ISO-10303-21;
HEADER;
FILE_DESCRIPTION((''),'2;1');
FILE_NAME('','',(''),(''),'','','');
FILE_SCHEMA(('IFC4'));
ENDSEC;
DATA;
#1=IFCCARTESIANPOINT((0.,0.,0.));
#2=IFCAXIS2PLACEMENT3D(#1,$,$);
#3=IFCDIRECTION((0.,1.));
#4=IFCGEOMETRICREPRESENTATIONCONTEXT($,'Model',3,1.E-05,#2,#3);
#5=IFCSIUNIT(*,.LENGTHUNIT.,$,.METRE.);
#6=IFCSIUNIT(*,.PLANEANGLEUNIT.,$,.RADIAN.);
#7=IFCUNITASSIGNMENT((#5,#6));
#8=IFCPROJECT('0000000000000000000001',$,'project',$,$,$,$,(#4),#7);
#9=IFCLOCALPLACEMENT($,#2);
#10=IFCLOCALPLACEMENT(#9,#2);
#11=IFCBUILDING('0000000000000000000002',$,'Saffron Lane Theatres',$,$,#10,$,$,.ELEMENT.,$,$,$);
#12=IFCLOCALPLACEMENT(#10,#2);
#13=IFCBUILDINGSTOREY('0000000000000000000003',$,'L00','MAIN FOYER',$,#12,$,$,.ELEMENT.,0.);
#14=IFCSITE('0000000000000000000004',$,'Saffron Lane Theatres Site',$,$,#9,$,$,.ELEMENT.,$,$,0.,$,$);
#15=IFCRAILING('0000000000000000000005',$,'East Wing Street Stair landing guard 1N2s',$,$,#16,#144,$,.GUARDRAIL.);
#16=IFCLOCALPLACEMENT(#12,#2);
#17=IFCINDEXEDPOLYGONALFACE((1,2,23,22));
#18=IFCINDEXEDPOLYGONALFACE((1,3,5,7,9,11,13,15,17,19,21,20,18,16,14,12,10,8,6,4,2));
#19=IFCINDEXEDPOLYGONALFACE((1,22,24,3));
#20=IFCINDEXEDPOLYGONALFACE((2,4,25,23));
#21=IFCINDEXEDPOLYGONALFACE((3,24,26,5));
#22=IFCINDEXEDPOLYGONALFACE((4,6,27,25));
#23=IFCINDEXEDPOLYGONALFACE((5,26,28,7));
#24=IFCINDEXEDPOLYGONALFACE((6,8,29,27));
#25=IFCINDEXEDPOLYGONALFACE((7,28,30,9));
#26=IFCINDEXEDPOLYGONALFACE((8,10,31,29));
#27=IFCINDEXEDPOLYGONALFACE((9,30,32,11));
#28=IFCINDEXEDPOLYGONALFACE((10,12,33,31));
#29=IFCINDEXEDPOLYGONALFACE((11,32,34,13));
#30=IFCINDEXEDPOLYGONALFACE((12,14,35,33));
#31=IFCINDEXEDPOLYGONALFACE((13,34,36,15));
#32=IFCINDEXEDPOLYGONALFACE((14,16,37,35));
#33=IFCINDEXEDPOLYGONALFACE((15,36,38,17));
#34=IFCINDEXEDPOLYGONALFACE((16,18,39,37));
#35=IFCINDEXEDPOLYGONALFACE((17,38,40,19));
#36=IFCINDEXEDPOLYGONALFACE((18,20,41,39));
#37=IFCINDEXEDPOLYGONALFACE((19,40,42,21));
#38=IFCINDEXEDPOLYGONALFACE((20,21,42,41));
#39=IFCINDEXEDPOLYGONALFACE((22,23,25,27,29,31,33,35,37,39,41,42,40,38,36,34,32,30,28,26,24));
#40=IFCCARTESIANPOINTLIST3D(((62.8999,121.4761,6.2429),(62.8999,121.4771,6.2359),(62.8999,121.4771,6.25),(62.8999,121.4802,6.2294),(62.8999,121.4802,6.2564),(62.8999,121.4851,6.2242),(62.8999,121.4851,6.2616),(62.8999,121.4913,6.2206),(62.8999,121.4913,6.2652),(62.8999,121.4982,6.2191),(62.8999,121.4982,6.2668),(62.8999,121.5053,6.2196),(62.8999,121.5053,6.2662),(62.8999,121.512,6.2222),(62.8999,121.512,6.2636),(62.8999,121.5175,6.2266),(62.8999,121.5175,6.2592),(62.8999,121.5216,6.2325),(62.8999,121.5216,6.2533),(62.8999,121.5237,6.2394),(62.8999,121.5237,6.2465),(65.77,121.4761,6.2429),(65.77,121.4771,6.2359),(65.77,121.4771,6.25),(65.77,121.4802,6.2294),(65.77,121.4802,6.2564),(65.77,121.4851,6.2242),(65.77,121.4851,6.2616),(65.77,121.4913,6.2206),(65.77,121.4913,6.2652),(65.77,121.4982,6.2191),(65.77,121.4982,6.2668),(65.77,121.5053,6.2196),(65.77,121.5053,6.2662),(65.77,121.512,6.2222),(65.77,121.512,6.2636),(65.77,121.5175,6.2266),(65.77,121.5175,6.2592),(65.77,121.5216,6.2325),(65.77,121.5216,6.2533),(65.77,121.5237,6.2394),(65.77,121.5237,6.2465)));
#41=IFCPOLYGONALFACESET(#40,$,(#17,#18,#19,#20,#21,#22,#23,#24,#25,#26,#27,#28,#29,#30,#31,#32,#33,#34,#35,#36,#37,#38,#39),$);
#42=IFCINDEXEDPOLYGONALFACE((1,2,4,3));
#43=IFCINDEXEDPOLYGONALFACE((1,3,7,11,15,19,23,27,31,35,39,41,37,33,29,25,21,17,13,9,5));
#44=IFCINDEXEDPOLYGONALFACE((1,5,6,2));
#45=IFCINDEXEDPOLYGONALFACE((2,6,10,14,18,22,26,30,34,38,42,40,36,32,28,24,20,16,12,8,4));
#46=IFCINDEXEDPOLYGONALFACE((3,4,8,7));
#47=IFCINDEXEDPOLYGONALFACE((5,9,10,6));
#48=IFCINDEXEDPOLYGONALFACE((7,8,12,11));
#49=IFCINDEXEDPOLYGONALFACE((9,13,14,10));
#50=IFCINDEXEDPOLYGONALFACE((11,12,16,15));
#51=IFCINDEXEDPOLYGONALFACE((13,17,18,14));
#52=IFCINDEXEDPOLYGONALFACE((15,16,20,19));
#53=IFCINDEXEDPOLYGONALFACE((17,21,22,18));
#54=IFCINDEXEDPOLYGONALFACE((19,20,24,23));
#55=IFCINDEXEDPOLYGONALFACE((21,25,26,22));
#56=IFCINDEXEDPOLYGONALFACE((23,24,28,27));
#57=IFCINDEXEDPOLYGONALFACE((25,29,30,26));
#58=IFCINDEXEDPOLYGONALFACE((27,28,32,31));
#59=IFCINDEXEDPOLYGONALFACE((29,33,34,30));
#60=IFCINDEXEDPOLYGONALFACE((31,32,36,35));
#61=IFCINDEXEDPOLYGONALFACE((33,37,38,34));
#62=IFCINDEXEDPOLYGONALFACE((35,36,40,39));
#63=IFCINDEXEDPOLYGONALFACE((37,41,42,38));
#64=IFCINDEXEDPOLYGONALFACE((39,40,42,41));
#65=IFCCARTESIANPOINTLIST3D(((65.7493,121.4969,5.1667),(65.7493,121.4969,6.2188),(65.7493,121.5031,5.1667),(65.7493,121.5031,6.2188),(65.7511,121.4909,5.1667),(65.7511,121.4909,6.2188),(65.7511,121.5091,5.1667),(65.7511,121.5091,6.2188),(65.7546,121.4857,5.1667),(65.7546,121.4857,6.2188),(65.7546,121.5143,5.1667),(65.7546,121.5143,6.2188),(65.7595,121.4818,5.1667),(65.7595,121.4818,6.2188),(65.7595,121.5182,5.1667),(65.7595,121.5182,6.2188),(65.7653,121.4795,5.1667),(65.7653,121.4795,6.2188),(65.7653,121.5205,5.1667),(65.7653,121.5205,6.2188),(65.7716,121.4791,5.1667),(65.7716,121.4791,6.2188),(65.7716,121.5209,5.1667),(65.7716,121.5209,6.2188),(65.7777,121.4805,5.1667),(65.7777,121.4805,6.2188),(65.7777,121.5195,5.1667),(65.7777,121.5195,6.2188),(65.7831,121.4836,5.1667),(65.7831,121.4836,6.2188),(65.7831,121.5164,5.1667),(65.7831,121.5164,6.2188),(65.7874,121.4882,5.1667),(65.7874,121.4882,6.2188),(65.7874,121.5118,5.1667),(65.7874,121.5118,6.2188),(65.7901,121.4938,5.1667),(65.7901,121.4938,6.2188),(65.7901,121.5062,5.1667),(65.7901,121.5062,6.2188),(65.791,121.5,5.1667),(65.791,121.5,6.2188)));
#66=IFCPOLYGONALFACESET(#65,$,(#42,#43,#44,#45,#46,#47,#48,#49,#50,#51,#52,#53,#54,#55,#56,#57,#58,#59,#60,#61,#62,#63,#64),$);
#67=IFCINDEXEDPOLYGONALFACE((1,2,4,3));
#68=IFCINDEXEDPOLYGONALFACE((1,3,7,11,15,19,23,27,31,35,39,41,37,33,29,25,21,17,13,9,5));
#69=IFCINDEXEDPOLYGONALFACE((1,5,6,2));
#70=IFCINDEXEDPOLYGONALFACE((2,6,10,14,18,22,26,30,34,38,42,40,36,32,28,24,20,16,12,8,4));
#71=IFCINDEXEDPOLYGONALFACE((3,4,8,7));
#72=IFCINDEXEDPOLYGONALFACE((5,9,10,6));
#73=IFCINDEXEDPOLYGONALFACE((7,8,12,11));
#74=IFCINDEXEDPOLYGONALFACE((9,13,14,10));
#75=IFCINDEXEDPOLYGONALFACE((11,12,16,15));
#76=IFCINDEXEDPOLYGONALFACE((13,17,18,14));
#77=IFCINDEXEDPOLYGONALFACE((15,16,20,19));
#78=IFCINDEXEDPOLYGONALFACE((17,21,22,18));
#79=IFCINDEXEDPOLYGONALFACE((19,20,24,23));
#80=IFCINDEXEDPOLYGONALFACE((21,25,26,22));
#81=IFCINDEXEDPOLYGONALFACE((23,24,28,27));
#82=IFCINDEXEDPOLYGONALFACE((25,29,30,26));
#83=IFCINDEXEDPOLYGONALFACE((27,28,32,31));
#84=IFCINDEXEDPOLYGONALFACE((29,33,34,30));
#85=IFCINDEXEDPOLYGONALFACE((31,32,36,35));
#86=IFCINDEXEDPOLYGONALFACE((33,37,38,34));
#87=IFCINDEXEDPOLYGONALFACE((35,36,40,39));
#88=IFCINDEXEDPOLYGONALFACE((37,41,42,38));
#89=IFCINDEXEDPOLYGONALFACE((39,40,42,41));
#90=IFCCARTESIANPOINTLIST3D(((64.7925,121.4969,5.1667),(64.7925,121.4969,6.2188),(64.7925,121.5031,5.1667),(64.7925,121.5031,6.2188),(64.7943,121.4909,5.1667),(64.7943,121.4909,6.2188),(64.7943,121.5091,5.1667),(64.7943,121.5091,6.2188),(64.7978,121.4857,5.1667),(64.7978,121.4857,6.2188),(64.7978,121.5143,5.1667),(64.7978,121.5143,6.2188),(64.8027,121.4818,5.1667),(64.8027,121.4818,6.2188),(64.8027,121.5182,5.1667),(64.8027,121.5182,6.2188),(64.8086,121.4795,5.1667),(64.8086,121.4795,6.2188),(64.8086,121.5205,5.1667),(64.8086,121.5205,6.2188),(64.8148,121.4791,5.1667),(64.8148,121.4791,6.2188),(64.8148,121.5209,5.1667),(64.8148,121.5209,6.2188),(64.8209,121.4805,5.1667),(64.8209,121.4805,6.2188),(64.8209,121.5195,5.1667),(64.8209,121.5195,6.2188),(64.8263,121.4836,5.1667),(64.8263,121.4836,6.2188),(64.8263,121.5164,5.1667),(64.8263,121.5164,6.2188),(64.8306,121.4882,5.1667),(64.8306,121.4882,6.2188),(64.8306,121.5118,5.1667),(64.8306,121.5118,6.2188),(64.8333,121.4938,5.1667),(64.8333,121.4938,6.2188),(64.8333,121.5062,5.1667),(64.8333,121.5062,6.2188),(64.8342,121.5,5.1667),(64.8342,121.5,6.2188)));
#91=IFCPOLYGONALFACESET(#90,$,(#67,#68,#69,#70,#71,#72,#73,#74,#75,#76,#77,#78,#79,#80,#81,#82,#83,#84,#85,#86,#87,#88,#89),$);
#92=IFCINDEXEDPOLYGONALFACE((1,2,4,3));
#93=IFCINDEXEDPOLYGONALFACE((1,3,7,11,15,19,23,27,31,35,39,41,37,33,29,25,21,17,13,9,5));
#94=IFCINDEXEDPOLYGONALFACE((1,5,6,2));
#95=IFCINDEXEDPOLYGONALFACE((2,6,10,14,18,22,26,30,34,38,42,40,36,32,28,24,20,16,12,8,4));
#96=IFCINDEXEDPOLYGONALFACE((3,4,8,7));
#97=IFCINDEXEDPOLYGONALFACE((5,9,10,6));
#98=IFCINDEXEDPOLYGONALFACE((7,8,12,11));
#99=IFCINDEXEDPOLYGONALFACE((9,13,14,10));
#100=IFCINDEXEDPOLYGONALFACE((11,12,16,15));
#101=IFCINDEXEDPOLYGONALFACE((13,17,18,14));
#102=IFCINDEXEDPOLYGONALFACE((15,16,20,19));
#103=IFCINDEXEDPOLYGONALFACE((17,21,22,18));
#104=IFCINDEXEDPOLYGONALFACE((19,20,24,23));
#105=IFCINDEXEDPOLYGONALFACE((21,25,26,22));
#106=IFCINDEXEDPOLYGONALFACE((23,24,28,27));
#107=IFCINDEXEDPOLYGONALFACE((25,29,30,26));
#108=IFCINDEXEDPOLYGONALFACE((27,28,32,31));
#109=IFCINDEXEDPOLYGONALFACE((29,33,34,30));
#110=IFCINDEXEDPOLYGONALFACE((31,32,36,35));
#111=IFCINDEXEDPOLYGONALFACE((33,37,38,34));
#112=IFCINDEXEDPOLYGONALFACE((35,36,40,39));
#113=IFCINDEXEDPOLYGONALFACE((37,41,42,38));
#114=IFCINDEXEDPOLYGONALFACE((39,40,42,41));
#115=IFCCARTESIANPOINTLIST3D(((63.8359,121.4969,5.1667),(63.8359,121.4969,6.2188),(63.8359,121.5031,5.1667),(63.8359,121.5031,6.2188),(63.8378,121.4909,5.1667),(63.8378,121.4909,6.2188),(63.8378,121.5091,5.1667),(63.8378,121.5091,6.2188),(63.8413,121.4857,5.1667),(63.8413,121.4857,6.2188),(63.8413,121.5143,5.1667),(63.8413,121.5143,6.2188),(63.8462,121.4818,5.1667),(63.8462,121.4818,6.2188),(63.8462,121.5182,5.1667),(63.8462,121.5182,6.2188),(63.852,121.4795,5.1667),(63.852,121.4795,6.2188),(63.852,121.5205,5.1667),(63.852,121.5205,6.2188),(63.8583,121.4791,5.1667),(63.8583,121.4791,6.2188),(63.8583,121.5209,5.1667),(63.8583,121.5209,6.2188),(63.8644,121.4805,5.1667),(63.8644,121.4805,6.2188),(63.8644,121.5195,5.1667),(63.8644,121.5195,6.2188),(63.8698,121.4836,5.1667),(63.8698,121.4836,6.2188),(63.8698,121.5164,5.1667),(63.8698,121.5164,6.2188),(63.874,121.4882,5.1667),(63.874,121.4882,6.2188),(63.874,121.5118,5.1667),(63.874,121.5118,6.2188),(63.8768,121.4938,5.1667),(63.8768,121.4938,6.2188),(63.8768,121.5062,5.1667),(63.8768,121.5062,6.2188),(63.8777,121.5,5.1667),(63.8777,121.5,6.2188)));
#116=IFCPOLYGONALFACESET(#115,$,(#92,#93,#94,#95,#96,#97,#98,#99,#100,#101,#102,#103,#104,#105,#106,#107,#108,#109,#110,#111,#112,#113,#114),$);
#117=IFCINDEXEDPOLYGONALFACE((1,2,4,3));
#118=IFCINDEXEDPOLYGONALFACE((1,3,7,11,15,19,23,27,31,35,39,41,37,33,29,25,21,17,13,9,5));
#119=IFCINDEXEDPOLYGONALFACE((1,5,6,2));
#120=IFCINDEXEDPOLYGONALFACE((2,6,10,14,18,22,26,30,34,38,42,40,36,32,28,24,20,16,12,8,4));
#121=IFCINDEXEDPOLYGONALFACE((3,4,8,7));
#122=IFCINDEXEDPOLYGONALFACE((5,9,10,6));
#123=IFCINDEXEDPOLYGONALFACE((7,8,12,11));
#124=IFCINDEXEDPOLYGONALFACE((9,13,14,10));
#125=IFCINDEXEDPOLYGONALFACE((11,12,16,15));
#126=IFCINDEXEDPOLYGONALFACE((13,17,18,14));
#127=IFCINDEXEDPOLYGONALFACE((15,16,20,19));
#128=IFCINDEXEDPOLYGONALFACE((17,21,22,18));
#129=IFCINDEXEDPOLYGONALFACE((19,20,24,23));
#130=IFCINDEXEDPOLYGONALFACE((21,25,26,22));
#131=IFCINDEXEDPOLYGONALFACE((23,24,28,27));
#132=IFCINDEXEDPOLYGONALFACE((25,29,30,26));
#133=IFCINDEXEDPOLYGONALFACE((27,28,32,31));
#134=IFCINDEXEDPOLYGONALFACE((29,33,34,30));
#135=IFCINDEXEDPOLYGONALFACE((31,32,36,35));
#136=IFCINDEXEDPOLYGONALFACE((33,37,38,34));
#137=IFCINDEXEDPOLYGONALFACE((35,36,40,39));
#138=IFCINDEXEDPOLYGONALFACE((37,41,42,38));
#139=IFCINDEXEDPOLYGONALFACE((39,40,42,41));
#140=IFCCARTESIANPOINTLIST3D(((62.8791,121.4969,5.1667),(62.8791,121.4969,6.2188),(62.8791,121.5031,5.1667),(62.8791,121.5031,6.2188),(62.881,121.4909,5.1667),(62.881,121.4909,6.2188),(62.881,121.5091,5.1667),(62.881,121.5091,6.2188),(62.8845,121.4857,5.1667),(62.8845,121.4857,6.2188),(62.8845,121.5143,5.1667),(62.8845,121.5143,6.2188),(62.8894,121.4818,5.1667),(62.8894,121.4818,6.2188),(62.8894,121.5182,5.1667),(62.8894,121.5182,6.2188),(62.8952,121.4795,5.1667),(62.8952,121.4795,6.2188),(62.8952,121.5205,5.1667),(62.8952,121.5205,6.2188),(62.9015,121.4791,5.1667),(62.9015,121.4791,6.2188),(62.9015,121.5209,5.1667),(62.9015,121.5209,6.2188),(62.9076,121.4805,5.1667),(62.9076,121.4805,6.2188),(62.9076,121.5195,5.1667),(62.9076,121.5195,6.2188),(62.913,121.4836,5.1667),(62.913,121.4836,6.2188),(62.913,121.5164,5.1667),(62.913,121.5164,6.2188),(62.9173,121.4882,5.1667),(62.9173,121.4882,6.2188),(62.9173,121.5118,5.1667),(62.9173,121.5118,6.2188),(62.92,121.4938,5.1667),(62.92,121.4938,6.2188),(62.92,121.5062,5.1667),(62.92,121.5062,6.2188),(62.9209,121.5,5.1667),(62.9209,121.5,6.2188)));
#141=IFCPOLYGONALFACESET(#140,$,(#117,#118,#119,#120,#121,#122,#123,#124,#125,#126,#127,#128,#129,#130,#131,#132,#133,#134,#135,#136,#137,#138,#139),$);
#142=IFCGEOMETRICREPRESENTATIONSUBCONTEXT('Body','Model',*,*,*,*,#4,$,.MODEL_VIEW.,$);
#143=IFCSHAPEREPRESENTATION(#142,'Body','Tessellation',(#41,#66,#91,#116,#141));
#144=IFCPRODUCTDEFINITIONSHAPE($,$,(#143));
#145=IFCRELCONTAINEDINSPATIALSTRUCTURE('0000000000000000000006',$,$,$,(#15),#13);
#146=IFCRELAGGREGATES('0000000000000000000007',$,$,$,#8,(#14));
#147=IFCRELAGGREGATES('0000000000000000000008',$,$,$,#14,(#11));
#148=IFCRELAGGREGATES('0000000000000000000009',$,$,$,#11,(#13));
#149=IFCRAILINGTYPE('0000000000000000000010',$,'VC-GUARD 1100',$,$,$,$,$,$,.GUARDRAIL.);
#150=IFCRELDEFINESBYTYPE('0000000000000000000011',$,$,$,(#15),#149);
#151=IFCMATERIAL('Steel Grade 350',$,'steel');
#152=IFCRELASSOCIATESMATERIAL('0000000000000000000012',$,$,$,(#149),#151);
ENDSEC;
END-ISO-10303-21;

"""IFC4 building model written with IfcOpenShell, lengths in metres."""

from ifc_helpers import new_model, si_unit, direction, frame, origin, origin_2d, place, context, subcontext, project, spatial, circle, extrude, material, type_object, element, save


model = new_model("IFC4")

# Units and contexts
model_context = context("Model", 3, precision=1e-05, world=origin(), true_north=direction((0.0, 1.0)))
body_context = subcontext(model_context, "Body", "Model", "MODEL_VIEW")
ifc_project = project(units=[si_unit("LENGTHUNIT", "METRE"), si_unit("PLANEANGLEUNIT", "RADIAN")], contexts=[model_context])

# Site, building, storey
site_placement = place(None, origin())
site = spatial("IfcSite", under=ifc_project, at=site_placement, Name="Saffron Lane Theatres Site", CompositionType="ELEMENT", RefElevation=0.0)
building_placement = place(site_placement, origin())
building = spatial("IfcBuilding", under=site, at=building_placement, Name="Saffron Lane Theatres", CompositionType="ELEMENT")
storey_placement = place(building_placement, origin())
storey = spatial("IfcBuildingStorey", under=building, at=storey_placement, Name="L00", Description="MAIN FOYER", CompositionType="ELEMENT", Elevation=0.0)

# Railing
ifc_material_1 = material(Name="Steel Grade 350", Category="steel")
railing_type_1 = type_object("IfcRailingType", Name="VC-GUARD 1100", PredefinedType="GUARDRAIL", material=ifc_material_1)
railing_1_placement = place(storey_placement, frame((65.77, 121.5, 5.1667)))
element("IfcRailing", 1, at=railing_1_placement, inside=storey, type_object=railing_type_1, Name="East Wing Street Stair landing guard 1N2s", PredefinedType="GUARDRAIL", context=body_context, shape_type="SweptSolid", body=[
    extrude(circle(Radius=0.0239, at=origin_2d()), frame((0.0, 0.0, 1.0762), z_axis=(-1.0, 0.0, 0.0), x_axis=(0.0, -1.0, 0.0)), (0.0, 0.0, 1.0), 2.8701),
    extrude(circle(Radius=0.021, at=origin_2d()), origin(), (0.0, 0.0, 1.0), 1.052),
    extrude(circle(Radius=0.021, at=origin_2d()), frame((-0.9568, 0.0, 0.0)), (0.0, 0.0, 1.0), 1.052),
    extrude(circle(Radius=0.021, at=origin_2d()), frame((-1.9133, 0.0, 0.0)), (0.0, 0.0, 1.0), 1.052),
    extrude(circle(Radius=0.021, at=origin_2d()), frame((-2.8701, 0.0, 0.0)), (0.0, 0.0, 1.0), 1.052),
])

save(model, "model.ifc")
